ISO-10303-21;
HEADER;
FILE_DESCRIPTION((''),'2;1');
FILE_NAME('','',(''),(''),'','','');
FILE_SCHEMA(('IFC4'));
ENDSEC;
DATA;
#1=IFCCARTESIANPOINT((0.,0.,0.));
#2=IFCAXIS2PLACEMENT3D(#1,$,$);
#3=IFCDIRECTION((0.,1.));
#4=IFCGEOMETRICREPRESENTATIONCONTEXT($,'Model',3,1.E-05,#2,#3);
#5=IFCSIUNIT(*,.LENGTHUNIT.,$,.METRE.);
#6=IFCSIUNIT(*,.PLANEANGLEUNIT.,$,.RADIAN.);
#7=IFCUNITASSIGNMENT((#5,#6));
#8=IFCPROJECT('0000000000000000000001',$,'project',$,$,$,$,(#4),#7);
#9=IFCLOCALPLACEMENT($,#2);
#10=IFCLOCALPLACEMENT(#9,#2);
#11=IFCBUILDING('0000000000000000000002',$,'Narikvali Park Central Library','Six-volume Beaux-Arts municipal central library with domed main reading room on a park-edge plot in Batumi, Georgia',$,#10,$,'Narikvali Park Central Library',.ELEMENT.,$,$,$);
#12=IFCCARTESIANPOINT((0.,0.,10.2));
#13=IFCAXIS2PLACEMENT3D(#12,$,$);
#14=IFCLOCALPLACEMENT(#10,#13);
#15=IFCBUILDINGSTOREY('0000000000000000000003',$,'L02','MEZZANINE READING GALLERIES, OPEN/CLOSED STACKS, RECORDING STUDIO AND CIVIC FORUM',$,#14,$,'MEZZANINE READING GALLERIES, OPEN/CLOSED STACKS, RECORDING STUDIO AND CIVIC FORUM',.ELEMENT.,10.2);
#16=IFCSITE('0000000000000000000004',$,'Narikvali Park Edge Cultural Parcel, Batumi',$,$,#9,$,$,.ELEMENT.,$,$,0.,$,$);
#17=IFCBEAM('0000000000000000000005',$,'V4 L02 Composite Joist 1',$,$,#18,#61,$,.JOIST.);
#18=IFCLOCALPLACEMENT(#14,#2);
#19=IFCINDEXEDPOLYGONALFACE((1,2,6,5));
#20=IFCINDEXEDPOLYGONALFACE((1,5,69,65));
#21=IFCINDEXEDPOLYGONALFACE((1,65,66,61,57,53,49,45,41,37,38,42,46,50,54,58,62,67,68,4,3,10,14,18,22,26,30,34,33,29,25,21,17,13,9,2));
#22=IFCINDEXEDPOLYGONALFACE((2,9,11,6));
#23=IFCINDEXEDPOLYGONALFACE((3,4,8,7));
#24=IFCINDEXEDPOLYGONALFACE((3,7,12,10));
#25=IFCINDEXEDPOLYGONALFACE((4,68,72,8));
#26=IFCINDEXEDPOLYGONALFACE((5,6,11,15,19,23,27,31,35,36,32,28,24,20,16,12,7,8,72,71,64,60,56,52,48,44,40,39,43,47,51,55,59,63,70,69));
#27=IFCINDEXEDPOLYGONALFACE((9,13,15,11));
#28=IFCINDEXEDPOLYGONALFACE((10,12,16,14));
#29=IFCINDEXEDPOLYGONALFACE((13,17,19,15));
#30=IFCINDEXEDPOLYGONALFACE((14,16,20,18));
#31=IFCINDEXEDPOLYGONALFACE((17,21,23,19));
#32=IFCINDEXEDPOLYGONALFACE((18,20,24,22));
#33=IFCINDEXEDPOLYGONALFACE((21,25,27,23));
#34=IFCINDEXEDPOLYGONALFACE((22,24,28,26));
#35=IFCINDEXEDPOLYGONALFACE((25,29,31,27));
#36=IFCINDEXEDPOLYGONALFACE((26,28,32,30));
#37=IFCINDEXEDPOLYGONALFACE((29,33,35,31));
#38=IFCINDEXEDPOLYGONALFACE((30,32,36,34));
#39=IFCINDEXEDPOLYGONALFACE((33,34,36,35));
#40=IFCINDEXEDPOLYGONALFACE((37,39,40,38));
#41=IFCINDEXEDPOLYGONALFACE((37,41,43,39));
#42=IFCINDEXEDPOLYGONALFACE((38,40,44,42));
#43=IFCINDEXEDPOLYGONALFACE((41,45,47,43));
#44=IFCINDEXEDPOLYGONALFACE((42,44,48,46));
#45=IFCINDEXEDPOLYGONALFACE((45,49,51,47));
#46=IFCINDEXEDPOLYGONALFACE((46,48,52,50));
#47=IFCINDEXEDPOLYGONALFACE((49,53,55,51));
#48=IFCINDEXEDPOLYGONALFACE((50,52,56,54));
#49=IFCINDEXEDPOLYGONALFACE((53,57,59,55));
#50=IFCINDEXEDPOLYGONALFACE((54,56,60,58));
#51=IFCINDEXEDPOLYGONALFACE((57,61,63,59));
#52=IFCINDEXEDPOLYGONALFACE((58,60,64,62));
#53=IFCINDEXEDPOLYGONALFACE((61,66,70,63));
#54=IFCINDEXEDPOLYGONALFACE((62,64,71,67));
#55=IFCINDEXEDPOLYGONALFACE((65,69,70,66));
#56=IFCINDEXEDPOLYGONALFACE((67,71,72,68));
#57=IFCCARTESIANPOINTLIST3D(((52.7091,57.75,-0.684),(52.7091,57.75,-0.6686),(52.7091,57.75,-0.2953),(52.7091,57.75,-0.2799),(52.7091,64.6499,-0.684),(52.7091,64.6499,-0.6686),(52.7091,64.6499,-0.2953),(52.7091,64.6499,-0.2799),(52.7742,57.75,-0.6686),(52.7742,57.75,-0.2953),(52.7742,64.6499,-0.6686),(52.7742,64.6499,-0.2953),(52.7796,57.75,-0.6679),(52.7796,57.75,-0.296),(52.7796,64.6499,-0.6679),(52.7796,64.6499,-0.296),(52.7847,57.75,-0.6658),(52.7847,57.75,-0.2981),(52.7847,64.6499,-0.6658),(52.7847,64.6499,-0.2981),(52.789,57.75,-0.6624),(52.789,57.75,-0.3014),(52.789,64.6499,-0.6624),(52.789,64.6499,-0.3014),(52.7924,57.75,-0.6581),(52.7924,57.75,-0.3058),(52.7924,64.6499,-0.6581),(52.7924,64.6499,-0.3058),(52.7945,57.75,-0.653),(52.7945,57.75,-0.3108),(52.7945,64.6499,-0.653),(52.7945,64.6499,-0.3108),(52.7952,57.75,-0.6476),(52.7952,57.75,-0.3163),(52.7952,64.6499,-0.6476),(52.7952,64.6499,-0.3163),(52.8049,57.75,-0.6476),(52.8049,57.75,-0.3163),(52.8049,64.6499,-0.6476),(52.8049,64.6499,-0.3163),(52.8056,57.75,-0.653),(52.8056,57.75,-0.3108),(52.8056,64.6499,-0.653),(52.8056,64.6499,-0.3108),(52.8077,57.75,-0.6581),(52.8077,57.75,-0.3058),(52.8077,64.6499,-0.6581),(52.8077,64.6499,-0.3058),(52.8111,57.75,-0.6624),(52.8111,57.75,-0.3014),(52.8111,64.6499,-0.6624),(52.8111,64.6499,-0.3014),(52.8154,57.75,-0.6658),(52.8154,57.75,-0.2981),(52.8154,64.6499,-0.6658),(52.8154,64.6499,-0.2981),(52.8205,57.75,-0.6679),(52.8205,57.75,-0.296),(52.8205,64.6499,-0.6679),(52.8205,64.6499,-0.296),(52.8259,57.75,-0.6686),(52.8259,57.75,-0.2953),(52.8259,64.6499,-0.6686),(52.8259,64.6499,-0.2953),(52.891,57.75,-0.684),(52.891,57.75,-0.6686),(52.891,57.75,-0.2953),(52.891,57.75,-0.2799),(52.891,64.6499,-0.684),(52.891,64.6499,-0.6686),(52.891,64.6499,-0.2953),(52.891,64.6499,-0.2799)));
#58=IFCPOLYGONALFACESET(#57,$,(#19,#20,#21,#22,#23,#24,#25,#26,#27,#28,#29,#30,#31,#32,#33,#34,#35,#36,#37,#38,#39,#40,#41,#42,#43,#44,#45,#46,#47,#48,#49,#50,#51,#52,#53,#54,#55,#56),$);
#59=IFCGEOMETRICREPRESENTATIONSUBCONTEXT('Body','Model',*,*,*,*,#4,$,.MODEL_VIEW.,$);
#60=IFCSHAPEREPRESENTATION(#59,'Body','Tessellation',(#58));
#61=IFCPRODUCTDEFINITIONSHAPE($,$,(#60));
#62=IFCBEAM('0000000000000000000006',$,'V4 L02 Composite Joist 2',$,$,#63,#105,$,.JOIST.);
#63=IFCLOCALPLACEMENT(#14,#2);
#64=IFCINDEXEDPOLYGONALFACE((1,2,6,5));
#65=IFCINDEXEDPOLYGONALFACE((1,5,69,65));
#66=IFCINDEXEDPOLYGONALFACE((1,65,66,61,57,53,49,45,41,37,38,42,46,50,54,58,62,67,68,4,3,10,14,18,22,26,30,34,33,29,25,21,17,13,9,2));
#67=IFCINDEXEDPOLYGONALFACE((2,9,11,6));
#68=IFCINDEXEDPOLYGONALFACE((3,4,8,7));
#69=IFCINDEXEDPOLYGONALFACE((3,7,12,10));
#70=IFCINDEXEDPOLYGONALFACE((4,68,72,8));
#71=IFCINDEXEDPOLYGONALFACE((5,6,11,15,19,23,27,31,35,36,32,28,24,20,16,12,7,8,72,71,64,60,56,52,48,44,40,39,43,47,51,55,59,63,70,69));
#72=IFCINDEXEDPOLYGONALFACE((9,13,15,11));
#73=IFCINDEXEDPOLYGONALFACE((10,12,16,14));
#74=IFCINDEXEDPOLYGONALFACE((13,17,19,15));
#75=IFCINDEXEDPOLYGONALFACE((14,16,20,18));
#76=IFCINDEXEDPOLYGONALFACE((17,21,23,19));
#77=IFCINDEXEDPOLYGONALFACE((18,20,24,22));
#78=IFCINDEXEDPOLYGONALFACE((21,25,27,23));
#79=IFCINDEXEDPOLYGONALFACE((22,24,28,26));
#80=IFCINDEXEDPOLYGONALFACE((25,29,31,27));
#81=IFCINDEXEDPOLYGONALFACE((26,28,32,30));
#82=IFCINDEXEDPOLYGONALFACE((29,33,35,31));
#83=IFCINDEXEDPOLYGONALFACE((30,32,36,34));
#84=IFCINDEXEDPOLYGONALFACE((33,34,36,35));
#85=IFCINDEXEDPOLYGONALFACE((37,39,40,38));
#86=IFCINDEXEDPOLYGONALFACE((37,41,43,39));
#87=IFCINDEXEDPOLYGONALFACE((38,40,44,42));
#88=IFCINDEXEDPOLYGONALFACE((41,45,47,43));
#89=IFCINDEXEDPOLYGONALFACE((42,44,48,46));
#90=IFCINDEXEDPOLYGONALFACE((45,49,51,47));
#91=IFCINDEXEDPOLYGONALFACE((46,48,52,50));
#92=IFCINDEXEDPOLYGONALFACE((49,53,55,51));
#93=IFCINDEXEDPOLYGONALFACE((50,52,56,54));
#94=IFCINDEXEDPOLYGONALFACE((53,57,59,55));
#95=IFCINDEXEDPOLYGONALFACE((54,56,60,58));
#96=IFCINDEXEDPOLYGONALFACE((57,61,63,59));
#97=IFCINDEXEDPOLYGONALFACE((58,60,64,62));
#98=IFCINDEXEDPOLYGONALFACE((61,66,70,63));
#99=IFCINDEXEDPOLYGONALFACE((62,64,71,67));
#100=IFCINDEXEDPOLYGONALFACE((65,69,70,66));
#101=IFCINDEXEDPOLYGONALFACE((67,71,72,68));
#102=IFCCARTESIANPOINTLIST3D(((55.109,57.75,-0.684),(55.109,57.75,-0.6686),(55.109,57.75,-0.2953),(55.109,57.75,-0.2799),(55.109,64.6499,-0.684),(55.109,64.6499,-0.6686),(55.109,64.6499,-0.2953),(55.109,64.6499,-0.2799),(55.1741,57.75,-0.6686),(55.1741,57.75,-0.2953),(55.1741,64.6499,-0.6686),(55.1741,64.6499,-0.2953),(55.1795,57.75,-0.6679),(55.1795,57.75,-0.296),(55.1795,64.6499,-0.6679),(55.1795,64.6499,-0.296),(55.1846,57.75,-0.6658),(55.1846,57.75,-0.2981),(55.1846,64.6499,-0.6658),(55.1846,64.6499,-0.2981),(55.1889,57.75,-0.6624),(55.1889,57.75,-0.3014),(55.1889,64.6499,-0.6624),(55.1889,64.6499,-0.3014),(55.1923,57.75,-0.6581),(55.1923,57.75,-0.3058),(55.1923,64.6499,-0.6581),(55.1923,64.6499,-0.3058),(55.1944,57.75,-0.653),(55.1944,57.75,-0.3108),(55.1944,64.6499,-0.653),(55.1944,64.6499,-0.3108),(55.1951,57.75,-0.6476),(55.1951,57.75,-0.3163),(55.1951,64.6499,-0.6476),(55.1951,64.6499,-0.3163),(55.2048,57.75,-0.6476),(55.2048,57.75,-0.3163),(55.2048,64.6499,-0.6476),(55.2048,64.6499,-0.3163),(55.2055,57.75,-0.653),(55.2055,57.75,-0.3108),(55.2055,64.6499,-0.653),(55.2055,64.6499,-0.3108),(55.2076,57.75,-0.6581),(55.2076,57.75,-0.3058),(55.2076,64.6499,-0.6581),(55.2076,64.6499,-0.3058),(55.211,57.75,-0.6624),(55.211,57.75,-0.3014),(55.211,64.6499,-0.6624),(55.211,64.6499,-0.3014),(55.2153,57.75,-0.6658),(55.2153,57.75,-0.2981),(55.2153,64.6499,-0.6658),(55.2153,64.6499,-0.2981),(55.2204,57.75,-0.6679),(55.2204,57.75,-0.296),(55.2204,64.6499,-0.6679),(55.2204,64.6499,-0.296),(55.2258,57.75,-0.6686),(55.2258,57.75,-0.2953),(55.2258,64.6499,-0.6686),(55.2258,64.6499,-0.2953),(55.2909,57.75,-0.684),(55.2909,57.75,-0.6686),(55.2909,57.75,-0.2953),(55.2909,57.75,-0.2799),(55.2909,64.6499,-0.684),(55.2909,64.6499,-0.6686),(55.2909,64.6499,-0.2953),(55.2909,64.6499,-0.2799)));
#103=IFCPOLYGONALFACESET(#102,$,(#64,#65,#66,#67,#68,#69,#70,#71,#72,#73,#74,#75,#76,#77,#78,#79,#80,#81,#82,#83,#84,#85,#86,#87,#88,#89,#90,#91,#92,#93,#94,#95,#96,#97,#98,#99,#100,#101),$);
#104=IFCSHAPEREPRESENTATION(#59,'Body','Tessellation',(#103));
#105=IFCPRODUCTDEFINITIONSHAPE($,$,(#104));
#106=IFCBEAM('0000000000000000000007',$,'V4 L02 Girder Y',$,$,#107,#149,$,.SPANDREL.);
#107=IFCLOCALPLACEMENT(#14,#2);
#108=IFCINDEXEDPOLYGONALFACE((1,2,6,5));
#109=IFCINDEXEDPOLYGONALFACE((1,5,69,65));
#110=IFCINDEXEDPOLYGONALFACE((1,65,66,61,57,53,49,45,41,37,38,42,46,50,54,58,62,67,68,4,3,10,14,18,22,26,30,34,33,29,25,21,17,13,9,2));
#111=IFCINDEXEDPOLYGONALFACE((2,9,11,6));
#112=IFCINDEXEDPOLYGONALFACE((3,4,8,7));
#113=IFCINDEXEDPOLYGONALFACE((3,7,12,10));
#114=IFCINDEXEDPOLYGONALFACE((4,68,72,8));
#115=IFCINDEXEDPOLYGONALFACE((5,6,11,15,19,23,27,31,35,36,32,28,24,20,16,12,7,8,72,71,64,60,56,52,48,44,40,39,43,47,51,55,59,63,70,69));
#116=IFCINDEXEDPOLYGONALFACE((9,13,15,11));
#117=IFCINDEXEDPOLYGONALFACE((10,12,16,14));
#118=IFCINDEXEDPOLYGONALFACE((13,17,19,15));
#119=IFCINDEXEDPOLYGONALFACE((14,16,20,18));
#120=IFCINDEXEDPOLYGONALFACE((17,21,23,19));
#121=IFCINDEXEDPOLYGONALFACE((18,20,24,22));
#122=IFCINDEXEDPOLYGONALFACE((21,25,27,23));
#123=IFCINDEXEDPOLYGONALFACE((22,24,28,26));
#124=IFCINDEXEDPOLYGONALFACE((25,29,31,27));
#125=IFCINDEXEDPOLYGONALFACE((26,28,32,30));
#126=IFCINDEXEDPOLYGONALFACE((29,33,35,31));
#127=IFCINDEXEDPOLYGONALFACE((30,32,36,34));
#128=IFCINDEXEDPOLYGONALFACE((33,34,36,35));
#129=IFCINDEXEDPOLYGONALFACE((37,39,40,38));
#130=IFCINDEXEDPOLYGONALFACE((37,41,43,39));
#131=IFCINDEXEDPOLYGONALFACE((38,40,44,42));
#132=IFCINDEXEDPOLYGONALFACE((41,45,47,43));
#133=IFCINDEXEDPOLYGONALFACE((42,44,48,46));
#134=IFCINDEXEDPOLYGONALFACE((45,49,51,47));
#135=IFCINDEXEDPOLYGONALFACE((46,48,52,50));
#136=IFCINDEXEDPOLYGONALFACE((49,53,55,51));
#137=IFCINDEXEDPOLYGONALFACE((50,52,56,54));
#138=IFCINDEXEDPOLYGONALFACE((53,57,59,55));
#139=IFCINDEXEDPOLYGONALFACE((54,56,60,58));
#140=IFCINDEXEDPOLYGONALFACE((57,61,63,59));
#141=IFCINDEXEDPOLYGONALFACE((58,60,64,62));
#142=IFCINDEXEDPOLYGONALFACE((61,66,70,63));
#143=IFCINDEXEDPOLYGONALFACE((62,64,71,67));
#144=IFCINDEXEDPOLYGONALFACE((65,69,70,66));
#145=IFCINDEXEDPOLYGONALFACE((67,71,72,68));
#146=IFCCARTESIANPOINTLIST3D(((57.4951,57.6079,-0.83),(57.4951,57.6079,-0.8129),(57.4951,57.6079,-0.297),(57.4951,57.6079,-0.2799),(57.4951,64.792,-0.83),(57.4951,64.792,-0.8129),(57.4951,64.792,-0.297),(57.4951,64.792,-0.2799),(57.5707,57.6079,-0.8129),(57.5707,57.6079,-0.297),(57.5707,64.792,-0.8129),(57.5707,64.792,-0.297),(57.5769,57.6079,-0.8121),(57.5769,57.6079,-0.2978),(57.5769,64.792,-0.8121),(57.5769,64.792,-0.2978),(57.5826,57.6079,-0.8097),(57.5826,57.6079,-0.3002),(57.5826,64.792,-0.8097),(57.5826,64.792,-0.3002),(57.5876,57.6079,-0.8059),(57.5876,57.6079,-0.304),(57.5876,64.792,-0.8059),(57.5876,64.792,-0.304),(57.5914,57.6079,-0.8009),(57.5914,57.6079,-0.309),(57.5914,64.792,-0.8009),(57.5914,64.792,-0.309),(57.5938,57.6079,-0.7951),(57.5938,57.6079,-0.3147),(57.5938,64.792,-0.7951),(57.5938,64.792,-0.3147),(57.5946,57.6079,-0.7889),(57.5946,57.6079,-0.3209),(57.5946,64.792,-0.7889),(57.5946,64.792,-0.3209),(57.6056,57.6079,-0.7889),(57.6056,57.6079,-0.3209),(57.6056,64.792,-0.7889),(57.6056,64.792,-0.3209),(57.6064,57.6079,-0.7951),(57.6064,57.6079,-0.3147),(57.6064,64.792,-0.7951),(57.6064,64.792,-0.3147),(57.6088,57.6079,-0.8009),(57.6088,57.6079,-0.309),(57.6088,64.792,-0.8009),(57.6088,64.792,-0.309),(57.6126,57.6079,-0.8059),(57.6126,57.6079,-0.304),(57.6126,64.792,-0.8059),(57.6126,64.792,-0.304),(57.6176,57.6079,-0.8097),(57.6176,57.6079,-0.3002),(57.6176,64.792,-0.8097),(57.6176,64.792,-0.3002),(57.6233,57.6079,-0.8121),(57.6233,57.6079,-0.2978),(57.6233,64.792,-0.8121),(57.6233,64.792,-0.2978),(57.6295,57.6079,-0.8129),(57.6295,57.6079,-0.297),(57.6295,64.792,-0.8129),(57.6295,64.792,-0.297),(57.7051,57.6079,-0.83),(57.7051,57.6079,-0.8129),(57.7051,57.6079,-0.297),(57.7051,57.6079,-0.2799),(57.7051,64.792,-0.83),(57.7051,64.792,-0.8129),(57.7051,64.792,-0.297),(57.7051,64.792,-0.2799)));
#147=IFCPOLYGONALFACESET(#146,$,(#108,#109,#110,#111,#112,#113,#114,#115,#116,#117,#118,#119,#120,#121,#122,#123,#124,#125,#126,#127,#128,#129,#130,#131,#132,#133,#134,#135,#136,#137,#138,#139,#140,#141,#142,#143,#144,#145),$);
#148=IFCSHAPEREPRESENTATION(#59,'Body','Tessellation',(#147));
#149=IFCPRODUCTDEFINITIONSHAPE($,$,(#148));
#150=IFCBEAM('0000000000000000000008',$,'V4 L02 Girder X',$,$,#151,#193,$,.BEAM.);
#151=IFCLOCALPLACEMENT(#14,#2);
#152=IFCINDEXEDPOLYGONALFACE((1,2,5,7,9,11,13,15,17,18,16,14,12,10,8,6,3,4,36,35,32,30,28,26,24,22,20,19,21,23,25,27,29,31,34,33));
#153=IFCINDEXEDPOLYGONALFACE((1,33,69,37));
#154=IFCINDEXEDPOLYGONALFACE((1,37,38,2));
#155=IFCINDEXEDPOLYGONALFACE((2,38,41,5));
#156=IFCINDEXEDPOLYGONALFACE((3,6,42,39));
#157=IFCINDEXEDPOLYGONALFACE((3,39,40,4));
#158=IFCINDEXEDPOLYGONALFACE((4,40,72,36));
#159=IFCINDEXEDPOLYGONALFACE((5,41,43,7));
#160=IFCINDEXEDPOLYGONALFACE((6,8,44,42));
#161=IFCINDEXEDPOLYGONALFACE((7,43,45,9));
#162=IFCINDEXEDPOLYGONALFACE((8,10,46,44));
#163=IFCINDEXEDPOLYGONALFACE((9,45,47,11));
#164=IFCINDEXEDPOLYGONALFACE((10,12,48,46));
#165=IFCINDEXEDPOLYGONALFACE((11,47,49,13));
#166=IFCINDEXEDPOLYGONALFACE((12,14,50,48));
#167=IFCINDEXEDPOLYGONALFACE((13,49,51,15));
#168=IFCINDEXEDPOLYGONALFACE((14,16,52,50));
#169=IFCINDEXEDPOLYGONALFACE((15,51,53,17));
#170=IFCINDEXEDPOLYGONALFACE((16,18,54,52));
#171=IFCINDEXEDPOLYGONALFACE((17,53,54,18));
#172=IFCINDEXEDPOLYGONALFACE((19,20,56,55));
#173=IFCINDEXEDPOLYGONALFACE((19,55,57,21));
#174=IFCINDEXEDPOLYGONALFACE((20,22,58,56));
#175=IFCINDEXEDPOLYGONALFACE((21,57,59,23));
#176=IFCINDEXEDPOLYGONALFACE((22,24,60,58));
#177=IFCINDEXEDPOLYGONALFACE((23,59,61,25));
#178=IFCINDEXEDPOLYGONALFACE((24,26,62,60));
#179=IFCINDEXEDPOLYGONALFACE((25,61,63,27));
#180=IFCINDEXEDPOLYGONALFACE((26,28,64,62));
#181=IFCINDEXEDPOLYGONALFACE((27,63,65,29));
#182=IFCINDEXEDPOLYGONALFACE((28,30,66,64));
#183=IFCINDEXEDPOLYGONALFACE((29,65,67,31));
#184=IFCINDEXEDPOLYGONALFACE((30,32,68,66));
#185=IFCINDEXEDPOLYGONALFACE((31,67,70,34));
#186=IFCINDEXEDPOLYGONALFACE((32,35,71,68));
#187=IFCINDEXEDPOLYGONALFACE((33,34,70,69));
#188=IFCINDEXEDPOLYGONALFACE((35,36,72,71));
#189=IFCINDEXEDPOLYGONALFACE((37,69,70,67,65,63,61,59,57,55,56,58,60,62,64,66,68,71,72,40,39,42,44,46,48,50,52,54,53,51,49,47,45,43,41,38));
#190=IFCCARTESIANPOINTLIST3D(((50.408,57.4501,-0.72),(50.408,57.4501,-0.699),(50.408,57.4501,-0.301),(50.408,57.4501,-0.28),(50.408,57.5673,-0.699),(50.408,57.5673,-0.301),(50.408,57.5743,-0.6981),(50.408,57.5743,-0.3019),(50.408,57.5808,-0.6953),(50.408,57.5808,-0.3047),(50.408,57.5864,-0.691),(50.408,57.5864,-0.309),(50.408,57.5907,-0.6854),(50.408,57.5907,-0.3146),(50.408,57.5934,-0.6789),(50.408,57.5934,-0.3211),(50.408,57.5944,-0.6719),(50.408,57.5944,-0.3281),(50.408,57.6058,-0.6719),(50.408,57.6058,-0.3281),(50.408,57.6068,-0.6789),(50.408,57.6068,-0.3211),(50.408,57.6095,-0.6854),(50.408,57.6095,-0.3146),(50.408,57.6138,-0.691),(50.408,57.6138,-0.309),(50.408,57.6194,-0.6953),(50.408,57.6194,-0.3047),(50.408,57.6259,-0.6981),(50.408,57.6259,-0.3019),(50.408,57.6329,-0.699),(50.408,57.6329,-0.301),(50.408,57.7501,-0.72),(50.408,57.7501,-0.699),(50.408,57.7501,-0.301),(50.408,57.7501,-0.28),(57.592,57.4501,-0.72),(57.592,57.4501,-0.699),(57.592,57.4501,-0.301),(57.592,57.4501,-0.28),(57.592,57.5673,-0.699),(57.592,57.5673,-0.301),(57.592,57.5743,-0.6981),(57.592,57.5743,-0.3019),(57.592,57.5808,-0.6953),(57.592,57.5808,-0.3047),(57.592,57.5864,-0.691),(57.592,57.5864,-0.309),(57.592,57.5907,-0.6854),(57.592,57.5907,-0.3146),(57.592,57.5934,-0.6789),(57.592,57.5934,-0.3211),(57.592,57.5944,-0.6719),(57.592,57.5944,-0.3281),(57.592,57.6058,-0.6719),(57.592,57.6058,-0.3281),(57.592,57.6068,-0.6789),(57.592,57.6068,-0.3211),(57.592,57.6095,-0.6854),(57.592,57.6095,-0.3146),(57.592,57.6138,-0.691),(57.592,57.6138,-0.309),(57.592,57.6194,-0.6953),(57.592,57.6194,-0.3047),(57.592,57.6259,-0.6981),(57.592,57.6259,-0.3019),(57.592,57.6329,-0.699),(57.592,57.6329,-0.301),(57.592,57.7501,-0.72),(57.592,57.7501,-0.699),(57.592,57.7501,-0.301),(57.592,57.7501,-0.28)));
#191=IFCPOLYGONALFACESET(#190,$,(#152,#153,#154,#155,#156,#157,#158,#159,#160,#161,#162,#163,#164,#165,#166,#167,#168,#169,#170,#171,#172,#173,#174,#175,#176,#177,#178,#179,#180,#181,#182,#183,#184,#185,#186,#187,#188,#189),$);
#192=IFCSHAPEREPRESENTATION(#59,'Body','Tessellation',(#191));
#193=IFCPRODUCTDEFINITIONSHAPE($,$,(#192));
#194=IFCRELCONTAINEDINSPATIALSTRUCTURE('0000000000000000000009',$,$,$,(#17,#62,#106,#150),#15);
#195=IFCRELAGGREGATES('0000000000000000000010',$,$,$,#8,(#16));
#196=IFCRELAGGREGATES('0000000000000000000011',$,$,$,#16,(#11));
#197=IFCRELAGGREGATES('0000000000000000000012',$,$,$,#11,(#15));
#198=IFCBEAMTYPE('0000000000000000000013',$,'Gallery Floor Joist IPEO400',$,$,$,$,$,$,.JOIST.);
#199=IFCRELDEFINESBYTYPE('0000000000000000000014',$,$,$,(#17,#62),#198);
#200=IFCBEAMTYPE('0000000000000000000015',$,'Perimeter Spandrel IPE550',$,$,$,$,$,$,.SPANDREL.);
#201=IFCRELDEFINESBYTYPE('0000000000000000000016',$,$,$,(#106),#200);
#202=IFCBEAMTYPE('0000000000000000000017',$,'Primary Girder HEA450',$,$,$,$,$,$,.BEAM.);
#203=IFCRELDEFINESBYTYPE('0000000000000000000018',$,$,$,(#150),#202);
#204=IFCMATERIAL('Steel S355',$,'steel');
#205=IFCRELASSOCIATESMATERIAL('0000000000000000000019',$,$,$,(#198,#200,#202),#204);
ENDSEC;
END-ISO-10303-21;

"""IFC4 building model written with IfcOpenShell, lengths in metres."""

from ifc_helpers import new_model, si_unit, direction, frame, origin, origin_2d, place, context, subcontext, project, spatial, i_section, extrude, material, material_profile, profile_set, type_object, element, save


model = new_model("IFC4")

# Units and contexts
model_context = context("Model", 3, precision=1e-05, world=origin(), true_north=direction((0.0, 1.0)))
body_context = subcontext(model_context, "Body", "Model", "MODEL_VIEW")
ifc_project = project(units=[si_unit("LENGTHUNIT", "METRE"), si_unit("PLANEANGLEUNIT", "RADIAN")], contexts=[model_context])

# Site, building, storey
site_placement = place(None, origin())
site = spatial("IfcSite", under=ifc_project, at=site_placement, Name="Narikvali Park Edge Cultural Parcel, Batumi", CompositionType="ELEMENT", RefElevation=0.0)
building_placement = place(site_placement, origin())
building = spatial("IfcBuilding", under=site, at=building_placement, Name="Narikvali Park Central Library", Description="Six-volume Beaux-Arts municipal central library with domed main reading room on a park-edge plot in Batumi, Georgia", LongName="Narikvali Park Central Library", CompositionType="ELEMENT")
storey_placement = place(building_placement, frame((0.0, 0.0, 10.2)))
storey = spatial("IfcBuildingStorey", under=building, at=storey_placement, Name="L02", Description="MEZZANINE READING GALLERIES, OPEN/CLOSED STACKS, RECORDING STUDIO AND CIVIC FORUM", LongName="MEZZANINE READING GALLERIES, OPEN/CLOSED STACKS, RECORDING STUDIO AND CIVIC FORUM", CompositionType="ELEMENT", Elevation=10.2)

# Shared definitions
ifc_material_1 = material(Name="Steel S355", Category="steel")

# Beams
ifc_material_profile_1 = material_profile(ifc_material_1, i_section(OverallWidth=0.1819, OverallDepth=0.4041, WebThickness=0.0098, FlangeThickness=0.0154, FilletRadius=0.021, at=origin_2d()), Name="IPEO 400")
ifc_profile_set_1 = profile_set([ifc_material_profile_1], Name="Steel S355")
beam_type_1 = type_object("IfcBeamType", Name="Gallery Floor Joist IPEO400", PredefinedType="JOIST", material=ifc_profile_set_1)
for number, where, z_axis, x_axis, name in (
    (1, (52.8, 57.75, -0.4819), (0.0, 1.0, 0.0), (-1.0, 0.0, 0.0), "V4 L02 Composite Joist 1"),
    (2, (55.2, 57.75, -0.4819), (0.0, 1.0, 0.0), (-1.0, 0.0, 0.0), "V4 L02 Composite Joist 2"),
):
    element("IfcBeam", number, at=place(storey_placement, frame(where, z_axis=z_axis, x_axis=x_axis)), inside=storey, type_object=beam_type_1, Name=name, PredefinedType="JOIST", context=body_context, shape_type="SweptSolid", body=[
        extrude(i_section(OverallWidth=0.1819, OverallDepth=0.4041, WebThickness=0.0098, FlangeThickness=0.0154, FilletRadius=0.021, at=origin_2d()), origin(), (0.0, 0.0, 1.0), 6.8999),
    ])
ifc_material_profile_2 = material_profile(ifc_material_1, i_section(OverallWidth=0.21, OverallDepth=0.55, WebThickness=0.011, FlangeThickness=0.0171, FilletRadius=0.0239, at=origin_2d()), Name="IPE 550")
ifc_profile_set_2 = profile_set([ifc_material_profile_2], Name="Steel S355")
beam_type_2 = type_object("IfcBeamType", Name="Perimeter Spandrel IPE550", PredefinedType="SPANDREL", material=ifc_profile_set_2)
beam_placement = place(storey_placement, frame((57.6001, 57.6079, -0.5549), z_axis=(0.0, 1.0, 0.0), x_axis=(-1.0, 0.0, 0.0)))
element("IfcBeam", 3, at=beam_placement, inside=storey, type_object=beam_type_2, Name="V4 L02 Girder Y", PredefinedType="SPANDREL", context=body_context, shape_type="SweptSolid", body=[
    extrude(i_section(OverallWidth=0.21, OverallDepth=0.55, WebThickness=0.011, FlangeThickness=0.0171, FilletRadius=0.0239, at=origin_2d()), origin(), (0.0, 0.0, 1.0), 7.1841),
])
ifc_material_profile_3 = material_profile(ifc_material_1, i_section(OverallWidth=0.3, OverallDepth=0.4399, WebThickness=0.0115, FlangeThickness=0.021, FilletRadius=0.0271, at=origin_2d()), Name="HEA 450")
ifc_profile_set_3 = profile_set([ifc_material_profile_3], Name="Steel S355")
beam_type_3 = type_object("IfcBeamType", Name="Primary Girder HEA450", PredefinedType="BEAM", material=ifc_profile_set_3)
for number, where, z_axis, x_axis, name in (
    (4, (50.408, 57.6001, -0.5), (1.0, 0.0, 0.0), (0.0, 1.0, 0.0), "V4 L02 Girder X"),
):
    element("IfcBeam", number, at=place(storey_placement, frame(where, z_axis=z_axis, x_axis=x_axis)), inside=storey, type_object=beam_type_3, Name=name, PredefinedType="BEAM", context=body_context, shape_type="SweptSolid", body=[
        extrude(i_section(OverallWidth=0.3, OverallDepth=0.4399, WebThickness=0.0115, FlangeThickness=0.021, FilletRadius=0.0271, at=origin_2d()), origin(), (0.0, 0.0, 1.0), 7.1841),
    ])

save(model, "model.ifc")
